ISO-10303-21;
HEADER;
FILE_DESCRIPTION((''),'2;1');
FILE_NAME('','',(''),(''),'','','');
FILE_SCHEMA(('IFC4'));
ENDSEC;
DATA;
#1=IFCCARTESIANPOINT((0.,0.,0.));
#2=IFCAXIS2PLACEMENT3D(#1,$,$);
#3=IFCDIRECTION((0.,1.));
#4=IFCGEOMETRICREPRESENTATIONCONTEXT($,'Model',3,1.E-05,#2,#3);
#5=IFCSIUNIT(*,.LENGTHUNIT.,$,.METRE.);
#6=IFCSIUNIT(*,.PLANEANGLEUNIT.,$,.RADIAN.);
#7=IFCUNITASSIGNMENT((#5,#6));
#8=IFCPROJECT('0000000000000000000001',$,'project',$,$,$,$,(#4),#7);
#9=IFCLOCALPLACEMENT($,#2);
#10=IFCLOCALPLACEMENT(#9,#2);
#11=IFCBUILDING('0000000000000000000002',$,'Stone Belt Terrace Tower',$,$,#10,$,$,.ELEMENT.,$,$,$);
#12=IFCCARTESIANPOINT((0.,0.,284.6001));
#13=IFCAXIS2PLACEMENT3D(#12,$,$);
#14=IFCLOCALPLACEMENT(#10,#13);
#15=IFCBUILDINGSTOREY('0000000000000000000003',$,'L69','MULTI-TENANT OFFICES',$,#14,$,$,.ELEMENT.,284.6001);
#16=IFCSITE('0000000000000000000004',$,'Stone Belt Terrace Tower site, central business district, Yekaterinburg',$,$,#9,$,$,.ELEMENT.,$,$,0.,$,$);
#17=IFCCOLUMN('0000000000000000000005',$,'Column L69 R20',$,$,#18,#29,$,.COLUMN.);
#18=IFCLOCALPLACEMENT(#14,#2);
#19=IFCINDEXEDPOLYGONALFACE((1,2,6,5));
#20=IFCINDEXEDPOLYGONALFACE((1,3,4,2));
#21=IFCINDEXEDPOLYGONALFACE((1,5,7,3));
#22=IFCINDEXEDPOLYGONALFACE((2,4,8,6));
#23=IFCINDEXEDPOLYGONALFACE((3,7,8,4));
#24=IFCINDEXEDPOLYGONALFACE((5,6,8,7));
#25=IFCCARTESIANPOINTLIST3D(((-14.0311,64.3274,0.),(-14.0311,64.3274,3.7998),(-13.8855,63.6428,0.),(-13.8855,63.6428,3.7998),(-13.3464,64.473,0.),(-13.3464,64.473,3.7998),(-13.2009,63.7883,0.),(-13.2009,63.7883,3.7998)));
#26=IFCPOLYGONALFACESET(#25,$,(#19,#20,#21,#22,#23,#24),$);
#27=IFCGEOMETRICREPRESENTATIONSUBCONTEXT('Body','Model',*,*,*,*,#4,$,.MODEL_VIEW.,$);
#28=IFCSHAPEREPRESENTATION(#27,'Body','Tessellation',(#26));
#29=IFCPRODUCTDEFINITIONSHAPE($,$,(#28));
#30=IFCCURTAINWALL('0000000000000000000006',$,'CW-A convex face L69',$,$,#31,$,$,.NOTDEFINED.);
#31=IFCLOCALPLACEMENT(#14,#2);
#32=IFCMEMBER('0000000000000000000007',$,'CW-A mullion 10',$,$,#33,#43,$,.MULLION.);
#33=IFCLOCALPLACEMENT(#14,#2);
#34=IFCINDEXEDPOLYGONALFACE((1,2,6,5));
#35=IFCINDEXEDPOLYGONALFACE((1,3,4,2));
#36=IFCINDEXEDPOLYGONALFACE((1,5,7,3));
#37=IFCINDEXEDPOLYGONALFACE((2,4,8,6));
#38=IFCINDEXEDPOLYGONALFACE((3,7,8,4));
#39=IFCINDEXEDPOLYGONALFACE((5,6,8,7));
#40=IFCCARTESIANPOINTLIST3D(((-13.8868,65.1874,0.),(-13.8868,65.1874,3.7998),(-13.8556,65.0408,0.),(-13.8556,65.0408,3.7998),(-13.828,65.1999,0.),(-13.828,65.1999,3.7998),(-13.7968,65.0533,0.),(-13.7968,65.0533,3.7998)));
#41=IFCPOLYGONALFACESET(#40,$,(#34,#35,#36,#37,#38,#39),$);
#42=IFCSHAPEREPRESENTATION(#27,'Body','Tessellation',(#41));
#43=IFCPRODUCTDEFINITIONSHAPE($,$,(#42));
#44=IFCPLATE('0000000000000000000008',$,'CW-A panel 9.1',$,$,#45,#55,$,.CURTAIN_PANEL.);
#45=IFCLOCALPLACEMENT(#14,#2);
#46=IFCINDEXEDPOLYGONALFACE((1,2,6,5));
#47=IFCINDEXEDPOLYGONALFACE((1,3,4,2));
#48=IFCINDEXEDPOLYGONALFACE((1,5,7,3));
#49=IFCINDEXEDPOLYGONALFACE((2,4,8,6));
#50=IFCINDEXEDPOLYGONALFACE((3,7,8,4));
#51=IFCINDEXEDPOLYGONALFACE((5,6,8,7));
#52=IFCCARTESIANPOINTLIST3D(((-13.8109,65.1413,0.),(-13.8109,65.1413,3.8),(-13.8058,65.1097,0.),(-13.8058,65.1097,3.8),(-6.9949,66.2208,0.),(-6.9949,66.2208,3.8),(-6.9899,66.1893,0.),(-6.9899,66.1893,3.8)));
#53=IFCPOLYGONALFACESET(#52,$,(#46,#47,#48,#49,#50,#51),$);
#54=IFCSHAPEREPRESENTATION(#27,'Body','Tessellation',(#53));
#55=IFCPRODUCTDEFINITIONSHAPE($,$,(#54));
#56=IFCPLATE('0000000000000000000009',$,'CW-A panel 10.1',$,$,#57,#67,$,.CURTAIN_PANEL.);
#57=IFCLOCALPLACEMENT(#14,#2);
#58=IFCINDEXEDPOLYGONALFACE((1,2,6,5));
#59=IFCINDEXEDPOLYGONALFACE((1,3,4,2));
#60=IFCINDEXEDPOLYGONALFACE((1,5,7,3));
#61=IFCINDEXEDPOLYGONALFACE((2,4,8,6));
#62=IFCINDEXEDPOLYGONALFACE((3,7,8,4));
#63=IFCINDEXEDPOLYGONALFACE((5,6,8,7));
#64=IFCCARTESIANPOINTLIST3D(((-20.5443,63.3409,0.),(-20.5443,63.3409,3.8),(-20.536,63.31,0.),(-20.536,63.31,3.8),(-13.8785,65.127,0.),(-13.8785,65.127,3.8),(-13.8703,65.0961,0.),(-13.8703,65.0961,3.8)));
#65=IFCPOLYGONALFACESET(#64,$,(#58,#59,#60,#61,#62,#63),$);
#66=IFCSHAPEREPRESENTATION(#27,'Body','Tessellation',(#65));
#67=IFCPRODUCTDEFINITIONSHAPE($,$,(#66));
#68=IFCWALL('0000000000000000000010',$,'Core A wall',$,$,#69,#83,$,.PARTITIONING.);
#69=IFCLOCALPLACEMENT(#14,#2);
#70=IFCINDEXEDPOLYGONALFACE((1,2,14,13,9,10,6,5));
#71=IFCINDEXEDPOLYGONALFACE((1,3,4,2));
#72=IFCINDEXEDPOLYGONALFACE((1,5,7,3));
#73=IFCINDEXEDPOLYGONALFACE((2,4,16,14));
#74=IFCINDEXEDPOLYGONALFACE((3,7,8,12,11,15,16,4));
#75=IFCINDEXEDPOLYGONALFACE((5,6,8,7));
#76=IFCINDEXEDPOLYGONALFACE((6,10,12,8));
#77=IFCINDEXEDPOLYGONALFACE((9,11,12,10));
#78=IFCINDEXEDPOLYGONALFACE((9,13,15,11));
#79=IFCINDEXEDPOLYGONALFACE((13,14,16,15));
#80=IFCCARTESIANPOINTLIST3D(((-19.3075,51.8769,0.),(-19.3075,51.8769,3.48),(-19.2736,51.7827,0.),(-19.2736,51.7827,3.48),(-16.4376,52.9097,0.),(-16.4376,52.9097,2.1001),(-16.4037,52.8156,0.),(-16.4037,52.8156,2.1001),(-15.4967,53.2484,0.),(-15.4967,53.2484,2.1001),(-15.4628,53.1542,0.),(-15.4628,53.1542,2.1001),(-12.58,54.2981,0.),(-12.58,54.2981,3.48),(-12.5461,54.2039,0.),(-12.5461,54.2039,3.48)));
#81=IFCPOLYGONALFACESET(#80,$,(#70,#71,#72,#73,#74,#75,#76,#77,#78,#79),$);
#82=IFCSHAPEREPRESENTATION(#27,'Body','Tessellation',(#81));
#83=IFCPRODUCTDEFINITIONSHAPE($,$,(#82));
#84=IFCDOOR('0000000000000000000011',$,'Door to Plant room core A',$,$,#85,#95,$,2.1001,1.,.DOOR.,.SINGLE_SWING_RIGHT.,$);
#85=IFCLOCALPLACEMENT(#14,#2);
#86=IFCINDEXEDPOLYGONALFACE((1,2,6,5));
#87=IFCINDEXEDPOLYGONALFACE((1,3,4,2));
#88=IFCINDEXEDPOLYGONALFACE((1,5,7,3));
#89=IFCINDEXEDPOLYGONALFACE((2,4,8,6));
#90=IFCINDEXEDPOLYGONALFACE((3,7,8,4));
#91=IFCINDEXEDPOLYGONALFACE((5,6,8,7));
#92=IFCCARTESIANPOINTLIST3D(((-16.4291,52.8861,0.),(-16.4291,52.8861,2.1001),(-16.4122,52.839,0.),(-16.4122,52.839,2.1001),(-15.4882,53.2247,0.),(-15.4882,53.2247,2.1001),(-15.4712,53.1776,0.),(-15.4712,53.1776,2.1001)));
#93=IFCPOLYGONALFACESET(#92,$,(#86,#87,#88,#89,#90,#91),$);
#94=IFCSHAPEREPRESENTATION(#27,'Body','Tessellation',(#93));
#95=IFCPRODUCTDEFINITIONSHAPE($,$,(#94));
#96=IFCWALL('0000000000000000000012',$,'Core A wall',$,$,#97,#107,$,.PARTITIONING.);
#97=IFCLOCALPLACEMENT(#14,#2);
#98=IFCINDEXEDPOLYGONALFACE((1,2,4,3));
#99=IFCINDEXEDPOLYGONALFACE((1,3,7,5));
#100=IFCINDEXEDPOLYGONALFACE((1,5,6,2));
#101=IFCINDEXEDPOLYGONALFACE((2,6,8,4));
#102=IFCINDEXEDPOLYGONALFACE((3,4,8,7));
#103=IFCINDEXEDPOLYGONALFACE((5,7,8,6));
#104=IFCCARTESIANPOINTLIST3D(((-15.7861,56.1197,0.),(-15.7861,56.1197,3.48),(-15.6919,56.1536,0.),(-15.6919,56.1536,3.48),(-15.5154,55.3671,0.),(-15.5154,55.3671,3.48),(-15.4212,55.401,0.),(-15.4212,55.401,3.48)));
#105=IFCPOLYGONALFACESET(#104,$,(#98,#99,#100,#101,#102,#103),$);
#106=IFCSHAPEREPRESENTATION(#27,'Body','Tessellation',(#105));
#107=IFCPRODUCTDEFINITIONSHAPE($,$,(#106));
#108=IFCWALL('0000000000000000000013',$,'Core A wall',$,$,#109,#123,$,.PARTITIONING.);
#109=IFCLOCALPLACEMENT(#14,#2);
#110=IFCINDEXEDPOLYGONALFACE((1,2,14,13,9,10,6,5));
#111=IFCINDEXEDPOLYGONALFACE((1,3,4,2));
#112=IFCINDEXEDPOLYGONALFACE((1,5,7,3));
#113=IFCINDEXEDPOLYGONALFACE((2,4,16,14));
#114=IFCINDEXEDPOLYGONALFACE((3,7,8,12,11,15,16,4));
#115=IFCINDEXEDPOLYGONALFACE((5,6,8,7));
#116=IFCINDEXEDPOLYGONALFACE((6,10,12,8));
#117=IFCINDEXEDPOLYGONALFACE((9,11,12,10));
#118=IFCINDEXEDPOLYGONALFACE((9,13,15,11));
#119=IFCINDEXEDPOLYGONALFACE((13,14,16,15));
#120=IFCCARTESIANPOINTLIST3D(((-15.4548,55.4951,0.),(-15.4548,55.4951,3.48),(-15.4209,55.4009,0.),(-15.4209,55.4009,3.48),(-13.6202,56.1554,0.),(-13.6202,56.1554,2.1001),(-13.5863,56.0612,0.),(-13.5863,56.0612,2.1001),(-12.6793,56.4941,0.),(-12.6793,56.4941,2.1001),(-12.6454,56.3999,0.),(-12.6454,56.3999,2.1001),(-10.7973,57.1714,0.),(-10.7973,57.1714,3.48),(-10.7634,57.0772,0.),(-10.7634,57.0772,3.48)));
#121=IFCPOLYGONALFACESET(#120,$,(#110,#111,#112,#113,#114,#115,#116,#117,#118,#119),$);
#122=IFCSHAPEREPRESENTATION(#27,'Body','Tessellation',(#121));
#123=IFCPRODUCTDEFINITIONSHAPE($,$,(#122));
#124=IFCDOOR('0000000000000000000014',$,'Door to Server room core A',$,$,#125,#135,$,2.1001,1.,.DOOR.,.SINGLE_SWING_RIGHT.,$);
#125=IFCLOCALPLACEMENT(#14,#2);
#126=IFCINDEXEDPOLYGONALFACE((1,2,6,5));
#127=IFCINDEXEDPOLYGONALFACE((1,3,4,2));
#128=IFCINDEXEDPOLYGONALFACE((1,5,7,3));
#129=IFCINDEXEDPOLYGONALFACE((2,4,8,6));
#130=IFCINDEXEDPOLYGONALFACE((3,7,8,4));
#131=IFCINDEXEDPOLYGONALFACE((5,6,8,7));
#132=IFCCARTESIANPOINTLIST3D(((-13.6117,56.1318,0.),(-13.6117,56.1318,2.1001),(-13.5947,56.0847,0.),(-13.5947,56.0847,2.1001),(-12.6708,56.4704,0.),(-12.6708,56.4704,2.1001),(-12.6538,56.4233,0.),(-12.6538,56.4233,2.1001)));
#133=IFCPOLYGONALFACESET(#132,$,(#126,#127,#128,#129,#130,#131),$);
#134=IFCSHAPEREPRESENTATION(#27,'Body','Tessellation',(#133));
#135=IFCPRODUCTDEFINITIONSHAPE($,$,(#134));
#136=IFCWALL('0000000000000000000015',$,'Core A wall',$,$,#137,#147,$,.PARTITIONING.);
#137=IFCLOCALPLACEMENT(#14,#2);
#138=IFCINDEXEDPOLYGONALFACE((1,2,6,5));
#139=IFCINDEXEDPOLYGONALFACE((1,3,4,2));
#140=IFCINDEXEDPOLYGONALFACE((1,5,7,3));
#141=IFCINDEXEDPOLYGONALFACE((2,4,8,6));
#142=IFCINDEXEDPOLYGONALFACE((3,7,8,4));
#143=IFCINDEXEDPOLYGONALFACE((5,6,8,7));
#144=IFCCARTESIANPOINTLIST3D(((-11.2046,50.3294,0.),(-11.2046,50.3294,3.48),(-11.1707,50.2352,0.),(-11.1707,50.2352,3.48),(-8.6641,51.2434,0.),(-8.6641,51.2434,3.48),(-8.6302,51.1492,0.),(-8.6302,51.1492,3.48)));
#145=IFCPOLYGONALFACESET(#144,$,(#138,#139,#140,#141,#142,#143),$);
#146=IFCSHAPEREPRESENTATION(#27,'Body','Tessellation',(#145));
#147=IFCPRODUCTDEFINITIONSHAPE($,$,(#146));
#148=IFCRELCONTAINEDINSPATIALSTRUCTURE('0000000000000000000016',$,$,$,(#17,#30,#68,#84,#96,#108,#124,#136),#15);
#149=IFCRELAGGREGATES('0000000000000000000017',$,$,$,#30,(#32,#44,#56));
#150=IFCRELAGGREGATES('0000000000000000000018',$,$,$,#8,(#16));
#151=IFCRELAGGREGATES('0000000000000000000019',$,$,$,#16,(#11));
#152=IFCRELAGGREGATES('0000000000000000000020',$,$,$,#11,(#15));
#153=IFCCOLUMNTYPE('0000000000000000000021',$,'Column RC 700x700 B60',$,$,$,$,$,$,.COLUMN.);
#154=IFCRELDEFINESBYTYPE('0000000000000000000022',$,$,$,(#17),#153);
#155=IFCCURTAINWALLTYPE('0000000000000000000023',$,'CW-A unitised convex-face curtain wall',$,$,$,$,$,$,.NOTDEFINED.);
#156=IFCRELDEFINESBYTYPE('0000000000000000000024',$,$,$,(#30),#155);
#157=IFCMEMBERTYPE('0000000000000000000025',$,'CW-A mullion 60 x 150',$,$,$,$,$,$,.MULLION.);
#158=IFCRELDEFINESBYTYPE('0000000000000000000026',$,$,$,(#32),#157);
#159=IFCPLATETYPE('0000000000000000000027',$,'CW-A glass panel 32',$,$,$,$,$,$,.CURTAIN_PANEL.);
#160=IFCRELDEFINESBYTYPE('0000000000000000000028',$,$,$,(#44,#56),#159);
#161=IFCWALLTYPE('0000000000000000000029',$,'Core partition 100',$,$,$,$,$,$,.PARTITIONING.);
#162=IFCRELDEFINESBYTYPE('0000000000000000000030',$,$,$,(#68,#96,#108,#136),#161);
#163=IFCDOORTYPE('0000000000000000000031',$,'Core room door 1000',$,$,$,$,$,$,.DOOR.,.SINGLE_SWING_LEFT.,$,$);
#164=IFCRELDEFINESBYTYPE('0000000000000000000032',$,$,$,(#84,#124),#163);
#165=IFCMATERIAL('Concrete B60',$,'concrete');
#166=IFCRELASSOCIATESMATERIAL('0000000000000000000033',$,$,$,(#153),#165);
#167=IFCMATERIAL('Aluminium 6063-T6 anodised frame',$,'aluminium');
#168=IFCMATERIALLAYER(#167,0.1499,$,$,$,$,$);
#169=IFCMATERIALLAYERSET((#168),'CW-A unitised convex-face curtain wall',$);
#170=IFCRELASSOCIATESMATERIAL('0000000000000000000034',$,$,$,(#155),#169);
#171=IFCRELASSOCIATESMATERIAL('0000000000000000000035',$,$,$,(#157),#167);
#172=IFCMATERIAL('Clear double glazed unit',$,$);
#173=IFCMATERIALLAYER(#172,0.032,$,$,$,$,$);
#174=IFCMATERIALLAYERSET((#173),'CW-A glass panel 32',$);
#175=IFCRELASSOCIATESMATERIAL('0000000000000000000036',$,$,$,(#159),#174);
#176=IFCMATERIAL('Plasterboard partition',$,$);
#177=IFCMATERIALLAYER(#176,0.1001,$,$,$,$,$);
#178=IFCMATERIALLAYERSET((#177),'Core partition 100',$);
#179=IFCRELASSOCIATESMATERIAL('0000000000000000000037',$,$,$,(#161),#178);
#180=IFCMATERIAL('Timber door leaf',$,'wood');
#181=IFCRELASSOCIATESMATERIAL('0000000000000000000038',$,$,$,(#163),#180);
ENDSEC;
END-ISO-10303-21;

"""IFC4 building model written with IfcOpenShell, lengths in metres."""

from ifc_helpers import new_model, si_unit, direction, frame, frame_2d, origin, origin_2d, place, context, subcontext, project, spatial, rectangle, extrude, material, layer, layer_set, material_profile, profile_set, type_object, element, fill, aggregate, save


model = new_model("IFC4")

# Units and contexts
model_context = context("Model", 3, precision=1e-05, world=origin(), true_north=direction((0.0, 1.0)))
body_context = subcontext(model_context, "Body", "Model", "MODEL_VIEW")
ifc_project = project(units=[si_unit("LENGTHUNIT", "METRE"), si_unit("PLANEANGLEUNIT", "RADIAN")], contexts=[model_context])

# Site, building, storey
site_placement = place(None, origin())
site = spatial("IfcSite", under=ifc_project, at=site_placement, Name="Stone Belt Terrace Tower site, central business district, Yekaterinburg", CompositionType="ELEMENT", RefElevation=0.0)
building_placement = place(site_placement, origin())
building = spatial("IfcBuilding", under=site, at=building_placement, Name="Stone Belt Terrace Tower", CompositionType="ELEMENT")
storey_placement = place(building_placement, frame((0.0, 0.0, 284.6001)))
storey = spatial("IfcBuildingStorey", under=building, at=storey_placement, Name="L69", Description="MULTI-TENANT OFFICES", CompositionType="ELEMENT", Elevation=284.6001)

# Column
ifc_material_1 = material(Name="Concrete B60", Category="concrete")
ifc_material_profile_1 = material_profile(ifc_material_1, rectangle(XDim=0.7, YDim=0.7, at=origin_2d()), Name="RC 700x700")
ifc_profile_set_1 = profile_set([ifc_material_profile_1], Name="Concrete B60")
column_type = type_object("IfcColumnType", Name="Column RC 700x700 B60", PredefinedType="COLUMN", material=ifc_profile_set_1)
column_placement = place(storey_placement, frame((-13.616, 64.0579, 0.0), z_axis=(0.0, 0.0, 1.0), x_axis=(0.978148, 0.207912, 0.0)))
element("IfcColumn", 1, at=column_placement, inside=storey, type_object=column_type, Name="Column L69 R20", PredefinedType="COLUMN", context=body_context, shape_type="SweptSolid", body=[
    extrude(rectangle(XDim=0.7, YDim=0.7, at=origin_2d()), origin(), (0.0, 0.0, 1.0), 3.7998),
])

# Curtain wall, member, plates
ifc_material_2 = material(Name="Aluminium 6063-T6 anodised frame", Category="aluminium")
ifc_layer_1 = layer(ifc_material_2, 0.1499)
ifc_layer_set_1 = layer_set([ifc_layer_1], Name="CW-A unitised convex-face curtain wall")
curtain_wall_type = type_object("IfcCurtainWallType", Name="CW-A unitised convex-face curtain wall", PredefinedType="NOTDEFINED", material=ifc_layer_set_1)
curtain_wall_placement = place(storey_placement, origin())
curtain_wall = element("IfcCurtainWall", 2, at=curtain_wall_placement, inside=storey, type_object=curtain_wall_type, Name="CW-A convex face L69", PredefinedType="NOTDEFINED")
ifc_material_profile_2 = material_profile(ifc_material_2, rectangle(XDim=0.1499, YDim=0.0601, at=origin_2d()), Name="Aluminium 6063-T6 60x150")
ifc_profile_set_2 = profile_set([ifc_material_profile_2], Name="Aluminium 6063-T6 anodised frame")
member_type = type_object("IfcMemberType", Name="CW-A mullion 60 x 150", PredefinedType="MULLION", material=ifc_profile_set_2)
member_placement = place(storey_placement, frame((-13.8418, 65.1204, 0.0), z_axis=(0.0, 0.0, 1.0), x_axis=(0.207912, -0.978148, 0.0)))
member = element("IfcMember", 3, at=member_placement, type_object=member_type, Name="CW-A mullion 10", PredefinedType="MULLION", context=body_context, shape_type="SweptSolid", body=[
    extrude(rectangle(XDim=0.1499, YDim=0.0601, at=origin_2d()), origin(), (0.0, 0.0, 1.0), 3.7998),
])
ifc_material_3 = material(Name="Clear double glazed unit")
ifc_layer_2 = layer(ifc_material_3, 0.032)
ifc_layer_set_2 = layer_set([ifc_layer_2], Name="CW-A glass panel 32")
plate_type = type_object("IfcPlateType", Name="CW-A glass panel 32", PredefinedType="CURTAIN_PANEL", material=ifc_layer_set_2)
plate_1_placement = place(storey_placement, frame((-10.4004, 65.6653, 0.0), z_axis=(0.0, 0.0, 1.0), x_axis=(-0.987688, -0.156434, 0.0)))
plate_1 = element("IfcPlate", 4, at=plate_1_placement, type_object=plate_type, Name="CW-A panel 9.1", PredefinedType="CURTAIN_PANEL", context=body_context, shape_type="SweptSolid", body=[
    extrude(rectangle(XDim=6.9009, YDim=0.032, at=origin_2d()), origin(), (0.0, 0.0, 1.0), 3.8),
])
plate_2_placement = place(storey_placement, frame((-17.2073, 64.2185, 0.0), z_axis=(0.0, 0.0, 1.0), x_axis=(-0.965926, -0.258819, 0.0)))
plate_2 = element("IfcPlate", 5, at=plate_2_placement, type_object=plate_type, Name="CW-A panel 10.1", PredefinedType="CURTAIN_PANEL", context=body_context, shape_type="SweptSolid", body=[
    extrude(rectangle(XDim=6.9009, YDim=0.032, at=origin_2d()), origin(), (0.0, 0.0, 1.0), 3.8),
])
aggregate(curtain_wall, [member, plate_1, plate_2])

# Wall, opening, door
ifc_material_4 = material(Name="Plasterboard partition")
ifc_layer_3 = layer(ifc_material_4, 0.1001)
ifc_layer_set_3 = layer_set([ifc_layer_3], Name="Core partition 100")
wall_type_1 = type_object("IfcWallType", Name="Core partition 100", PredefinedType="PARTITIONING", material=ifc_layer_set_3)
wall_1_placement = place(storey_placement, frame((-19.2905, 51.8298, 0.0), z_axis=(0.0, 0.0, 1.0), x_axis=(0.940922, 0.338624, 0.0)))
wall_1 = element("IfcWall", 6, at=wall_1_placement, inside=storey, type_object=wall_type_1, Name="Core A wall", PredefinedType="PARTITIONING", context=body_context, shape_type="SweptSolid", body=[
    extrude(rectangle(XDim=7.1499, YDim=0.1001, at=frame_2d((3.575, 0.0))), origin(), (0.0, 0.0, 1.0), 3.48),
])
opening_1_placement = place(wall_1_placement, frame((3.05, 0.0, 0.0)))
opening_1 = element("IfcOpeningElement", 7, at=opening_1_placement, cuts=wall_1, PredefinedType="OPENING", context=body_context, shape_type="SweptSolid", body=[
    extrude(rectangle(XDim=1.0, YDim=2.1001, at=frame_2d((0.5, 1.05))), frame((0.0, 0.0601, 0.0), z_axis=(0.0, -1.0, 0.0), x_axis=(1.0, 0.0, 0.0)), (0.0, 0.0, 1.0), 0.1201),
])
ifc_material_5 = material(Name="Timber door leaf", Category="wood")
door_type_1 = type_object("IfcDoorType", Name="Core room door 1000", OperationType="SINGLE_SWING_LEFT", PredefinedType="DOOR", material=ifc_material_5)
door_1_placement = place(opening_1_placement, origin())
door_1 = element("IfcDoor", 8, at=door_1_placement, inside=storey, type_object=door_type_1, Name="Door to Plant room core A", OperationType="SINGLE_SWING_RIGHT", OverallHeight=2.1001, OverallWidth=1.0, PredefinedType="DOOR", context=body_context, shape_type="SweptSolid", body=[
    extrude(rectangle(XDim=1.0, YDim=2.1001, at=frame_2d((0.5, 1.05))), frame((0.0, 0.0249, 0.0), z_axis=(0.0, -1.0, 0.0), x_axis=(1.0, 0.0, 0.0)), (0.0, 0.0, 1.0), 0.05),
])
fill(opening_1, door_1)

# Wall
wall_2_placement = place(storey_placement, frame((-15.4683, 55.384, 0.0), z_axis=(0.0, 0.0, 1.0), x_axis=(-0.338482, 0.940973, 0.0)))
element("IfcWall", 9, at=wall_2_placement, inside=storey, type_object=wall_type_1, Name="Core A wall", PredefinedType="PARTITIONING", context=body_context, shape_type="SweptSolid", body=[
    extrude(rectangle(XDim=0.7998, YDim=0.1001, at=frame_2d((0.3999, 0.0))), origin(), (0.0, 0.0, 1.0), 3.48),
])

# Wall, opening, door
wall_3_placement = place(storey_placement, frame((-15.438, 55.448, 0.0), z_axis=(0.0, 0.0, 1.0), x_axis=(0.940914, 0.338644, 0.0)))
wall_3 = element("IfcWall", 10, at=wall_3_placement, inside=storey, type_object=wall_type_1, Name="Core A wall", PredefinedType="PARTITIONING", context=body_context, shape_type="SweptSolid", body=[
    extrude(rectangle(XDim=4.95, YDim=0.1001, at=frame_2d((2.4751, 0.0))), origin(), (0.0, 0.0, 1.0), 3.48),
])
opening_2_placement = place(wall_3_placement, frame((1.95, 0.0, 0.0)))
opening_2 = element("IfcOpeningElement", 11, at=opening_2_placement, cuts=wall_3, PredefinedType="OPENING", context=body_context, shape_type="SweptSolid", body=[
    extrude(rectangle(XDim=1.0, YDim=2.1001, at=frame_2d((0.5, 1.05))), frame((0.0, 0.0601, 0.0), z_axis=(0.0, -1.0, 0.0), x_axis=(1.0, 0.0, 0.0)), (0.0, 0.0, 1.0), 0.1201),
])
door_2_placement = place(opening_2_placement, origin())
door_2 = element("IfcDoor", 12, at=door_2_placement, inside=storey, type_object=door_type_1, Name="Door to Server room core A", OperationType="SINGLE_SWING_RIGHT", OverallHeight=2.1001, OverallWidth=1.0, PredefinedType="DOOR", context=body_context, shape_type="SweptSolid", body=[
    extrude(rectangle(XDim=1.0, YDim=2.1001, at=frame_2d((0.5, 1.05))), frame((0.0, 0.0249, 0.0), z_axis=(0.0, -1.0, 0.0), x_axis=(1.0, 0.0, 0.0)), (0.0, 0.0, 1.0), 0.05),
])
fill(opening_2, door_2)

# Wall
wall_4_placement = place(storey_placement, frame((-11.1877, 50.2822, 0.0), z_axis=(0.0, 0.0, 1.0), x_axis=(0.94095, 0.338547, 0.0)))
element("IfcWall", 13, at=wall_4_placement, inside=storey, type_object=wall_type_1, Name="Core A wall", PredefinedType="PARTITIONING", context=body_context, shape_type="SweptSolid", body=[
    extrude(rectangle(XDim=2.7, YDim=0.1001, at=frame_2d((1.3501, 0.0))), origin(), (0.0, 0.0, 1.0), 3.48),
])

save(model, "model.ifc")
